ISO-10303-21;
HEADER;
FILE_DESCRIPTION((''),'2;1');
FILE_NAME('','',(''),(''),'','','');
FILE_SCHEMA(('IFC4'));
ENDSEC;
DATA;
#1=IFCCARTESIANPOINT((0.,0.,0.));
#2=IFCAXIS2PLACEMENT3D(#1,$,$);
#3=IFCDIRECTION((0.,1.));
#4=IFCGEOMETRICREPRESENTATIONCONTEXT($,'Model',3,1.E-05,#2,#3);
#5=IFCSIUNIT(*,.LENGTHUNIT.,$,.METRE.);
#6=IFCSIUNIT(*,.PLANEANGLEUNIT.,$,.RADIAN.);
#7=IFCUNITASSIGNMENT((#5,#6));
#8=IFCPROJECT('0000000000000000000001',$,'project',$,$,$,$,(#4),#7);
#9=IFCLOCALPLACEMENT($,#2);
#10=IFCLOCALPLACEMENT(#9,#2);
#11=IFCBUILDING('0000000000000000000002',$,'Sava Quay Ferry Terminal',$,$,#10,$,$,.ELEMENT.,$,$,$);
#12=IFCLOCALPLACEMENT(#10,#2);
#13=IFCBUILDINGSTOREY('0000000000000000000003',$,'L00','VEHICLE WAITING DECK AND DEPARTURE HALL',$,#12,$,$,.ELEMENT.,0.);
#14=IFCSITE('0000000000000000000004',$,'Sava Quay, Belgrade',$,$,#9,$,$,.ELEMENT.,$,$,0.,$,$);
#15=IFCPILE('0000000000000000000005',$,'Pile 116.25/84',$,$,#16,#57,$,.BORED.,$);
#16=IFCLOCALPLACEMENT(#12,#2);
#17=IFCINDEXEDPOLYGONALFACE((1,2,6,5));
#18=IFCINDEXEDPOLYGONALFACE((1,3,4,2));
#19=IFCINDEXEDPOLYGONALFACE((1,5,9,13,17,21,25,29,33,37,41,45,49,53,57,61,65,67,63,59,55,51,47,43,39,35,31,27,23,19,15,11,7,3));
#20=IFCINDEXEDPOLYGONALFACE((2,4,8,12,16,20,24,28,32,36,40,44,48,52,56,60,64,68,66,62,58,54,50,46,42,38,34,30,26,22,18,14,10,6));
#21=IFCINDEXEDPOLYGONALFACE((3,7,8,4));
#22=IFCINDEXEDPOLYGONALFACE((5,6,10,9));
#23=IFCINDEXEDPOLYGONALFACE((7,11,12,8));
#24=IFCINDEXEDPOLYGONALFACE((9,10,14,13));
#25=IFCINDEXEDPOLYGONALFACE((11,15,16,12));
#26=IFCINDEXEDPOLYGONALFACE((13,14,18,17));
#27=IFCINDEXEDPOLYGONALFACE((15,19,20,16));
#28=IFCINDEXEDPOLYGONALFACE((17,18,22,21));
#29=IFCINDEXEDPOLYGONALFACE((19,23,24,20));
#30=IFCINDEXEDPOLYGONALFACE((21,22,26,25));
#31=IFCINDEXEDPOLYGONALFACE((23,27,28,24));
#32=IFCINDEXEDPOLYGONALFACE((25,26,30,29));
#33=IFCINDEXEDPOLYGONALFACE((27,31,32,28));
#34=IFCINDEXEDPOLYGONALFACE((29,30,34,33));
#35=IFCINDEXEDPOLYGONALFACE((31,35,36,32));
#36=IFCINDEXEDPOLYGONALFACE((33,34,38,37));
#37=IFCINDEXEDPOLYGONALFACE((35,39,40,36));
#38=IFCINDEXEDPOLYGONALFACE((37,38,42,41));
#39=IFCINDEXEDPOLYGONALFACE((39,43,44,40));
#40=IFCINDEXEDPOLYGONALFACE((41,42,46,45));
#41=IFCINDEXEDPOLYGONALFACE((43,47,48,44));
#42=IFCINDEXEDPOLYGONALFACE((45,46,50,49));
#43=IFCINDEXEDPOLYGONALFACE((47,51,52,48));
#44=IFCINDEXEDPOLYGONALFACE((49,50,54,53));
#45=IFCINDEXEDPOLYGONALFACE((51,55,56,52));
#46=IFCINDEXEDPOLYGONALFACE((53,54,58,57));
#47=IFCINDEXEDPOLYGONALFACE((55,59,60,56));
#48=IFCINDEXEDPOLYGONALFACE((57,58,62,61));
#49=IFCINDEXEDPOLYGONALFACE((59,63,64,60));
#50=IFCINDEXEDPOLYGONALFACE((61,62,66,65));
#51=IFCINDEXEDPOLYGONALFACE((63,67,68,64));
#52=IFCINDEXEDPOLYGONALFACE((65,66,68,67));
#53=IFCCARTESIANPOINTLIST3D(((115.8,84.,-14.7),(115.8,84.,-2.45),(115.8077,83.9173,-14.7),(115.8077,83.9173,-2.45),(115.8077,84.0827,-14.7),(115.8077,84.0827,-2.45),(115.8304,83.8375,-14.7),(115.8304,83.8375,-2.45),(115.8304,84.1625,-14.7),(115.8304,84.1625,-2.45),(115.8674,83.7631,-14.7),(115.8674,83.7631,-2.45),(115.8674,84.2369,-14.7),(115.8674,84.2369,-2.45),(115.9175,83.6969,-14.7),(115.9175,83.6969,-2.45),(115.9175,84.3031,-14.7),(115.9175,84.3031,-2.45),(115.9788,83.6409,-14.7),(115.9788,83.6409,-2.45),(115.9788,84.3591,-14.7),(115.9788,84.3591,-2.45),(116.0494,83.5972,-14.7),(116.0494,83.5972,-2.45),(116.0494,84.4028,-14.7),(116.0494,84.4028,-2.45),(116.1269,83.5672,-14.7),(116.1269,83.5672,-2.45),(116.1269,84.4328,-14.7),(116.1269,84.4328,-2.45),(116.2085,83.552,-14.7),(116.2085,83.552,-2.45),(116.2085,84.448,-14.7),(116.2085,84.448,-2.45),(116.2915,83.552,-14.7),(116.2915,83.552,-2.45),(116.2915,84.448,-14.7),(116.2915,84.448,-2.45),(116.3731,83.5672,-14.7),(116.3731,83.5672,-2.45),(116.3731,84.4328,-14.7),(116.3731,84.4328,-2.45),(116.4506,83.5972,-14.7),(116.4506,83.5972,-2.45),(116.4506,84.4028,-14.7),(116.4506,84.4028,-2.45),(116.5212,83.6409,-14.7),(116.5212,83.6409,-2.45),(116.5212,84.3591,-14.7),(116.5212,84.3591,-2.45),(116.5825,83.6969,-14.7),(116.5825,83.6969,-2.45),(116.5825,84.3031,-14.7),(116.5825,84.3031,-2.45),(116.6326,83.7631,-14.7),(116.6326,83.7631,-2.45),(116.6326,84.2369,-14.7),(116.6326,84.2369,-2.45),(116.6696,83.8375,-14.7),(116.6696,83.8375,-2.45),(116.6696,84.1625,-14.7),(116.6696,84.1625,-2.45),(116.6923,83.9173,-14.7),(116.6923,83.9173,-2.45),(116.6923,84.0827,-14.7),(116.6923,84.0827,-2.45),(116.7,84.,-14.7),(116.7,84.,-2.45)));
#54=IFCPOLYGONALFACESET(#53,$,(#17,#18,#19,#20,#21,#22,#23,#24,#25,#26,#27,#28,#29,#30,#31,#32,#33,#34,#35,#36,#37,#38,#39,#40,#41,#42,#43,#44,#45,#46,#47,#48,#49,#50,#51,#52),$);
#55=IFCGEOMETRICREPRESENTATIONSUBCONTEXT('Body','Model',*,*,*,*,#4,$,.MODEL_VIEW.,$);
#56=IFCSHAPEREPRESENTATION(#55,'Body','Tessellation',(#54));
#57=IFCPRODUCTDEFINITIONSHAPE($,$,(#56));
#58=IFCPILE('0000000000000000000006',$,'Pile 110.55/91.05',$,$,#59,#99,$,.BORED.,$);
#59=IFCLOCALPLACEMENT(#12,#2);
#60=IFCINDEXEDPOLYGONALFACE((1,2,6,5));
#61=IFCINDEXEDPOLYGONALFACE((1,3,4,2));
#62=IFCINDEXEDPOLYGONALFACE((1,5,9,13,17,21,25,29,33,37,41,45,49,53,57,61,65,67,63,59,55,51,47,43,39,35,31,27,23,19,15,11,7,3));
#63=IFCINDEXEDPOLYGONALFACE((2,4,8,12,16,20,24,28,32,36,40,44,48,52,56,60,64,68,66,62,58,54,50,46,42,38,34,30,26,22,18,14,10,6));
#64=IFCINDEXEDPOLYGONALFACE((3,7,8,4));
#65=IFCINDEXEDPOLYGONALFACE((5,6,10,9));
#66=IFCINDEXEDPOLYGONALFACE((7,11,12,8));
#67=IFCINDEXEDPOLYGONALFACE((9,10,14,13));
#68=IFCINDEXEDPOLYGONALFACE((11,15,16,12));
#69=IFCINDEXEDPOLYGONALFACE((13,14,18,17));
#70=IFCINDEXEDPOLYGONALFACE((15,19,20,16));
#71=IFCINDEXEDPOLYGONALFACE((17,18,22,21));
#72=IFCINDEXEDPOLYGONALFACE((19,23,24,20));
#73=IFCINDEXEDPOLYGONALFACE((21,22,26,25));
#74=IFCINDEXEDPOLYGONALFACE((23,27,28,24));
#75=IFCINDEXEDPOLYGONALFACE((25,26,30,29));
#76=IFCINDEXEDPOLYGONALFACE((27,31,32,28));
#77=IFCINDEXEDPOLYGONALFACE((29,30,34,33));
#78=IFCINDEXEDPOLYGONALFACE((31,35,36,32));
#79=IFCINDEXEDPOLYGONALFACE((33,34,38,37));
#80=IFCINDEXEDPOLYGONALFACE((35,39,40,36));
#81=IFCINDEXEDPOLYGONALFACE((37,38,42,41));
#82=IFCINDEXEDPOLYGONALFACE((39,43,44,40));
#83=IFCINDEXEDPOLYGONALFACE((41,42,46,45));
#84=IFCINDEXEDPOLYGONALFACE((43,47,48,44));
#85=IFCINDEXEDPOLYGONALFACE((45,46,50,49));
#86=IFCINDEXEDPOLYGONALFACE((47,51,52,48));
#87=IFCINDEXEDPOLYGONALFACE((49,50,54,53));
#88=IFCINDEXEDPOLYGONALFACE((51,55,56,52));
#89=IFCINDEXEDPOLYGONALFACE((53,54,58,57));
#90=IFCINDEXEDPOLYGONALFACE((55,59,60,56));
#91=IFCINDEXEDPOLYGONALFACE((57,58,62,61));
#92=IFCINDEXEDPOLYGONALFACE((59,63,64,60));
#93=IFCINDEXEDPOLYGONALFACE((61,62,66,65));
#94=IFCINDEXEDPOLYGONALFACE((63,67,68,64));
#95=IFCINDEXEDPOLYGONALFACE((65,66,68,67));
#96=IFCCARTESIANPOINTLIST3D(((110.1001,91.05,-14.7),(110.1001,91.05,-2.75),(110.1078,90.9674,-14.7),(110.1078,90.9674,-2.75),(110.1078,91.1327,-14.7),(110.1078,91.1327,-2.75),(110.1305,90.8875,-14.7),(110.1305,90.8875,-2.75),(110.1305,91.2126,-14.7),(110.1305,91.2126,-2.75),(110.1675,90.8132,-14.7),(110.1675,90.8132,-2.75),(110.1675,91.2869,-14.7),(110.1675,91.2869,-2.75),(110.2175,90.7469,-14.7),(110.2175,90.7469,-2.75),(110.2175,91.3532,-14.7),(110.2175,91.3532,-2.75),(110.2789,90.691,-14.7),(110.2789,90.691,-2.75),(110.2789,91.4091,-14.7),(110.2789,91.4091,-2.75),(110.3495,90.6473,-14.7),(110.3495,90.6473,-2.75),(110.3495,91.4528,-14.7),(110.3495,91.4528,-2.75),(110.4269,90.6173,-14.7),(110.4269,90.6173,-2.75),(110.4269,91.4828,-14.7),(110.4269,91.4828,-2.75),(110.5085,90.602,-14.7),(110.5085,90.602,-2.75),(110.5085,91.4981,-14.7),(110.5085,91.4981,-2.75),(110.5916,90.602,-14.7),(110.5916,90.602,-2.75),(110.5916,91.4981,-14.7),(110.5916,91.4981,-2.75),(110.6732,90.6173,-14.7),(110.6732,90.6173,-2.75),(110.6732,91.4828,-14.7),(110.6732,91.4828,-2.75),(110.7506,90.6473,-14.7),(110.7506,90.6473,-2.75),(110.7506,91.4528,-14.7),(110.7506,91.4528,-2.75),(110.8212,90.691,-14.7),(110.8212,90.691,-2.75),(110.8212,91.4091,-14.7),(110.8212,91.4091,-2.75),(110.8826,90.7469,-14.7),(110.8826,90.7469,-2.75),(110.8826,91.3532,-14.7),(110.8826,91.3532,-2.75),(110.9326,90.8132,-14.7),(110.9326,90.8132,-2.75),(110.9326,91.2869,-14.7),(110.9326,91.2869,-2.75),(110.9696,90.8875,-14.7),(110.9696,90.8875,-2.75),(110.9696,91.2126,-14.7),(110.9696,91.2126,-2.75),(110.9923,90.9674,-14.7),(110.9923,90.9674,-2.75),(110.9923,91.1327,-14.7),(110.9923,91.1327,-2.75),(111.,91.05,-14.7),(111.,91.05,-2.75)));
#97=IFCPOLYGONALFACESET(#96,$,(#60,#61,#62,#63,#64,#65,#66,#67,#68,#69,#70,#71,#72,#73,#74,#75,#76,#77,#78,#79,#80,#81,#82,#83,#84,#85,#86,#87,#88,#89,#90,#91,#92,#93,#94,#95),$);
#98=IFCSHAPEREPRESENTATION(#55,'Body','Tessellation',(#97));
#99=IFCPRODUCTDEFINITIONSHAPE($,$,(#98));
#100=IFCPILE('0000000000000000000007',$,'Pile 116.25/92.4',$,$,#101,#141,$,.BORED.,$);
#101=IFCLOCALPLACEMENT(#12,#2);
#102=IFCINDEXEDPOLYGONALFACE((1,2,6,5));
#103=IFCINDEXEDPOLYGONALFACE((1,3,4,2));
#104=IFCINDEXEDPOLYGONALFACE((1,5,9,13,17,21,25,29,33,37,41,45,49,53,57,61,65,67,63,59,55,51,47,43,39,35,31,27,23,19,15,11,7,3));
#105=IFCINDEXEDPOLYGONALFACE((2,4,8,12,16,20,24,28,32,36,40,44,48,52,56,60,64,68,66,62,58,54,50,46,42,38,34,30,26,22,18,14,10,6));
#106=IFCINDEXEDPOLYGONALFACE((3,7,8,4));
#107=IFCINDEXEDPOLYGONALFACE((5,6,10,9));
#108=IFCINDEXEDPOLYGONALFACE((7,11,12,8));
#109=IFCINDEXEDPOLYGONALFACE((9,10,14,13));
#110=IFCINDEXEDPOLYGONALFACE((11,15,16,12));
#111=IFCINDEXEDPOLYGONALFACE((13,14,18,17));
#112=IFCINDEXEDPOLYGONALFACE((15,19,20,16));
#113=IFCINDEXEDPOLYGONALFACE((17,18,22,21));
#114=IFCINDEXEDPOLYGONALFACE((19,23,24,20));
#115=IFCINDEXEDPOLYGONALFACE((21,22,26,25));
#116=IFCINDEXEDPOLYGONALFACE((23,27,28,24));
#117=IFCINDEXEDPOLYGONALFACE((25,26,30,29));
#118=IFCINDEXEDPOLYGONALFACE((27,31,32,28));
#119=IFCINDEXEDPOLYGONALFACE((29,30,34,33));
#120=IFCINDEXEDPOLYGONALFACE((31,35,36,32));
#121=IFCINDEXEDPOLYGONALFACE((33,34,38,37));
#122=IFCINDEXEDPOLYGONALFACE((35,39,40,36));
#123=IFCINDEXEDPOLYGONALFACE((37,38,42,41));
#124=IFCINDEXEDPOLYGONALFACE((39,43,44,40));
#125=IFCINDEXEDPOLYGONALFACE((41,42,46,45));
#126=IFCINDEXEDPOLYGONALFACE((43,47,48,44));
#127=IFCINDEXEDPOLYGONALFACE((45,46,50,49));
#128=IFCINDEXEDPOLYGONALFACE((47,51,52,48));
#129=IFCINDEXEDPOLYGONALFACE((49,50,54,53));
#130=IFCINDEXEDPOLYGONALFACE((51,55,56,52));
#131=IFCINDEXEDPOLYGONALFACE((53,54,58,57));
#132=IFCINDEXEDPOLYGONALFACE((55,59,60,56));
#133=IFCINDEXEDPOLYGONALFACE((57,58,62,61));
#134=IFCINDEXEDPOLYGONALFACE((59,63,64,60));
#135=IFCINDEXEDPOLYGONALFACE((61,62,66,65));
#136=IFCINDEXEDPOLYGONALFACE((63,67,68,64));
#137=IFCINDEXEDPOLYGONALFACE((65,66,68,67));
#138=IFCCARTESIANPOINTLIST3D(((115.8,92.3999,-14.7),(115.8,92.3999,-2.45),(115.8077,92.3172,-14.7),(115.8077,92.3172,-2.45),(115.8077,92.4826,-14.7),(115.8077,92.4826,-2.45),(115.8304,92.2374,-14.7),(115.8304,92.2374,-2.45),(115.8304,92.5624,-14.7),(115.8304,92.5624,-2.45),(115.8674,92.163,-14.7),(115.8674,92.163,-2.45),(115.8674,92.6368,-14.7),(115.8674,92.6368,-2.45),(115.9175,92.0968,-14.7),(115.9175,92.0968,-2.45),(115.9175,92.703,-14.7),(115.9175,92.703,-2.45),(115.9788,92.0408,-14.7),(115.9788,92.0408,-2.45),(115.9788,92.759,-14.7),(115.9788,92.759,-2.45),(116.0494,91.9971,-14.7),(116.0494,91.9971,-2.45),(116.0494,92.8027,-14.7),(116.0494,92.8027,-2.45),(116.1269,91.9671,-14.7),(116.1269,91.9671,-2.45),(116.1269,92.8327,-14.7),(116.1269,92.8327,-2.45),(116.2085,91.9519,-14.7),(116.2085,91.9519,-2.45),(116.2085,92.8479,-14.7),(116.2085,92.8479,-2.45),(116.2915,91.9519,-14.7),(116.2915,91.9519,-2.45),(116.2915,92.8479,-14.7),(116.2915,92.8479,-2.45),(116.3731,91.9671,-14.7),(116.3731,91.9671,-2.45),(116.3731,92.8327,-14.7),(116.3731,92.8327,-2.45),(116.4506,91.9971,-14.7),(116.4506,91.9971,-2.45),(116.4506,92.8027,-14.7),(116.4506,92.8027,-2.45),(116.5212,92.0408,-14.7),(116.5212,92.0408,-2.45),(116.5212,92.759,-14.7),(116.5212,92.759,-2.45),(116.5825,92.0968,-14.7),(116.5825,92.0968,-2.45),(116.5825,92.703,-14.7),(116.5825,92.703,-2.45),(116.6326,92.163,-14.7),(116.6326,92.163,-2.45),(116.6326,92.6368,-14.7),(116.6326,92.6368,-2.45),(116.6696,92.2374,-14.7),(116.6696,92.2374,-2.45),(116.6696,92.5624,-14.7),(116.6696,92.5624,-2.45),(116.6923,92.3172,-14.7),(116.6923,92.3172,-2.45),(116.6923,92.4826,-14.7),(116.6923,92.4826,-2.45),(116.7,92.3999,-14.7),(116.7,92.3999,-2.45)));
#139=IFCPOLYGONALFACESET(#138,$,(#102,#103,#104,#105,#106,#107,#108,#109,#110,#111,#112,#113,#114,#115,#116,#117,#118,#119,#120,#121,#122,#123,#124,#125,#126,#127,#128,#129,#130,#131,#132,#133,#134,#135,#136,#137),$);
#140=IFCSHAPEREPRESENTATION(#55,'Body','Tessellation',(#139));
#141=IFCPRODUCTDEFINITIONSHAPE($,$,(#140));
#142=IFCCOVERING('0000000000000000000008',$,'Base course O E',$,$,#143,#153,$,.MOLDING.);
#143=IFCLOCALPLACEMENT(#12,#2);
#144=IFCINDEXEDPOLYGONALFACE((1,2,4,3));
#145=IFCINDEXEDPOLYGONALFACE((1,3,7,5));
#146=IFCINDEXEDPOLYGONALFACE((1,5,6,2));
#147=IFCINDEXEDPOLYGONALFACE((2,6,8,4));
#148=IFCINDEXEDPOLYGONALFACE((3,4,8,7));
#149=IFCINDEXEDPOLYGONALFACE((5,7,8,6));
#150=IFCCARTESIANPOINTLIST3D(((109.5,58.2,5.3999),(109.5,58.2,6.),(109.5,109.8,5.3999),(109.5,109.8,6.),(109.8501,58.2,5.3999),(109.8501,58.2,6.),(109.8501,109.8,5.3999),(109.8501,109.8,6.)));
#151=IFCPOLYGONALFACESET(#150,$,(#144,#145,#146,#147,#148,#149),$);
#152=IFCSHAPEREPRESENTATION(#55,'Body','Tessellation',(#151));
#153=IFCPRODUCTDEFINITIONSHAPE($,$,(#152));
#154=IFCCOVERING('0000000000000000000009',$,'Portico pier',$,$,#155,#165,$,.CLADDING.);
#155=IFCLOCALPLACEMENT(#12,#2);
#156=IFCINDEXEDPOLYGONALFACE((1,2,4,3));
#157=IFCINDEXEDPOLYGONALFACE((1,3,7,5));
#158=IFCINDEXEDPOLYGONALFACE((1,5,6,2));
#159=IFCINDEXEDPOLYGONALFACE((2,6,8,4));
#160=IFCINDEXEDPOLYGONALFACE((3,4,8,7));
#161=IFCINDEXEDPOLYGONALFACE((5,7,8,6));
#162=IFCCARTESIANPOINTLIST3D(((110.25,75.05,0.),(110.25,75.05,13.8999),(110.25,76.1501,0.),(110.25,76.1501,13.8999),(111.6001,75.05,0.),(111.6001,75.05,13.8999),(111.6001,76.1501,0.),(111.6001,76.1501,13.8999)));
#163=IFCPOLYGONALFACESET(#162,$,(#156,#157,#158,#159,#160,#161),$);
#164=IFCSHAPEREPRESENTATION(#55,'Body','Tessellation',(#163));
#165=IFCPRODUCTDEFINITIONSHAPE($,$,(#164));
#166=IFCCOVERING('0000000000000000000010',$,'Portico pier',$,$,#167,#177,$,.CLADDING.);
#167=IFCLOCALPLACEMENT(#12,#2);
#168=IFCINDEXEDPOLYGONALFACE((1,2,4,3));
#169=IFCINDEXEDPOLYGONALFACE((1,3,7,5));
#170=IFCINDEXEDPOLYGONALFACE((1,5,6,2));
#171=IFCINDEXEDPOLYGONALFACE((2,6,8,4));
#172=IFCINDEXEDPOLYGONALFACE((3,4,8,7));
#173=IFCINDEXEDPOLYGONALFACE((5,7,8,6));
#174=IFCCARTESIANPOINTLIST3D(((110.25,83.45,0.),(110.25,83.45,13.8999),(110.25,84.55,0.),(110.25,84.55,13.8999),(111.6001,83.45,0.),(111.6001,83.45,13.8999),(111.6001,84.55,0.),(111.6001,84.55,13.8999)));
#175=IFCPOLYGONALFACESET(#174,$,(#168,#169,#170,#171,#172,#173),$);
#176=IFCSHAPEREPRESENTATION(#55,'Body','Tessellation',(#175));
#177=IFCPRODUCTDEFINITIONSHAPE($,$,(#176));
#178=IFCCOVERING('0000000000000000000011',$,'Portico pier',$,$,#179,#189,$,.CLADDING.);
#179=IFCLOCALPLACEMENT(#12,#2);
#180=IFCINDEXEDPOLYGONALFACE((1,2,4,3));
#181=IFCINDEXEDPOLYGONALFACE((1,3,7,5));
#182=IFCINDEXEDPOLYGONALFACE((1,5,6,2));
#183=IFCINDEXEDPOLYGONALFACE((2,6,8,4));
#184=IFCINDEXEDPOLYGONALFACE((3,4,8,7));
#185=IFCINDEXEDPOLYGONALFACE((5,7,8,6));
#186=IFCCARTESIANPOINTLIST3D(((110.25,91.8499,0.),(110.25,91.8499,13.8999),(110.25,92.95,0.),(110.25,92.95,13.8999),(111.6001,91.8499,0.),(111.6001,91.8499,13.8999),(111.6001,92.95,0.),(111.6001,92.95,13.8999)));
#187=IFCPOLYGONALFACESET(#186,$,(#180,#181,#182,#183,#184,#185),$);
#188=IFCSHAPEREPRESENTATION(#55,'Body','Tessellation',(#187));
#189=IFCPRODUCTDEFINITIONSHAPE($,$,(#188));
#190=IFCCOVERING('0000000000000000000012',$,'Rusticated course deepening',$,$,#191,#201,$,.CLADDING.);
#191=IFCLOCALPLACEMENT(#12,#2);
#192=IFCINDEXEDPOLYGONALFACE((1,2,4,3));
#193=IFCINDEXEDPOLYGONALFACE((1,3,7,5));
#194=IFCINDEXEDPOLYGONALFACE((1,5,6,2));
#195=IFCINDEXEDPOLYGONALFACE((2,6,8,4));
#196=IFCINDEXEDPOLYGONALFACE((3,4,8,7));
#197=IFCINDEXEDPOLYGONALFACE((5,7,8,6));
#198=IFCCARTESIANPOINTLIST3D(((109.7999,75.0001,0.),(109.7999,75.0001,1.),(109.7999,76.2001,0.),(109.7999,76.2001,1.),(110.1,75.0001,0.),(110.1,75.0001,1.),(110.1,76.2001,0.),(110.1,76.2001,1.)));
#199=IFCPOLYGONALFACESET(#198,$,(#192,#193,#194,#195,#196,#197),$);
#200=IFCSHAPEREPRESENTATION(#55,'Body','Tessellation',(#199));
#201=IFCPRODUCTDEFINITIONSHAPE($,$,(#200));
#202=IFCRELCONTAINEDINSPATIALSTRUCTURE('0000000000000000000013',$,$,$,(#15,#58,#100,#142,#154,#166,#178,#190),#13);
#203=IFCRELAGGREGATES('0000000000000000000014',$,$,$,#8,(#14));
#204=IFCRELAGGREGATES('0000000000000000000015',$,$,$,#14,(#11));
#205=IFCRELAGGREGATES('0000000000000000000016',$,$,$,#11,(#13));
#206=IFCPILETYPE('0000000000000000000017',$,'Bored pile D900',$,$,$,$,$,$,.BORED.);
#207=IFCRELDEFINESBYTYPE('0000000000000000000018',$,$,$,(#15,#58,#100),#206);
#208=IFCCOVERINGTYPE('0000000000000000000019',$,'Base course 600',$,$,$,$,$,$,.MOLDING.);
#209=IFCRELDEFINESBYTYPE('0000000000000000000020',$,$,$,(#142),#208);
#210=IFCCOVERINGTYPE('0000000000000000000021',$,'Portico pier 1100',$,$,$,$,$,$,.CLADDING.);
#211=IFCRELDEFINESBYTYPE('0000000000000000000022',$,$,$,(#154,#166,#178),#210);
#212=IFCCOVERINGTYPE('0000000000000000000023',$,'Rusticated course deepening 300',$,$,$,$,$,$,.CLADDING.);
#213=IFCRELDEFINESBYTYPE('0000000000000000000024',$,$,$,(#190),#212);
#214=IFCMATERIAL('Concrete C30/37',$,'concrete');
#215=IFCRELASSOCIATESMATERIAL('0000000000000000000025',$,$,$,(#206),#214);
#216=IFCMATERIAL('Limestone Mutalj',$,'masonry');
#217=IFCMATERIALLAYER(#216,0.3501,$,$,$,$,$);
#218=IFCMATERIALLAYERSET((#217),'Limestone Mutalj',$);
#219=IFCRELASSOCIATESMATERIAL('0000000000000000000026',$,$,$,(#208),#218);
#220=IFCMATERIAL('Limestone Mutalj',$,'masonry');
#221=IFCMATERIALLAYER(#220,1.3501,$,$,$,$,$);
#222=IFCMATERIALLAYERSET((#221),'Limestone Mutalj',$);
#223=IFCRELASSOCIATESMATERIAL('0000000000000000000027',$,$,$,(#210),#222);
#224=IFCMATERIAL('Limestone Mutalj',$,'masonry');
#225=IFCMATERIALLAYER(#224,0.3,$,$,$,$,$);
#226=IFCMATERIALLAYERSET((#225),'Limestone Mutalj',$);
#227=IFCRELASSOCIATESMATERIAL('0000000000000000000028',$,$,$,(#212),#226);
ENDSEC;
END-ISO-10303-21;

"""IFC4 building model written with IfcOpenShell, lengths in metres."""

from ifc_helpers import new_model, si_unit, direction, frame, origin, origin_2d, place, context, subcontext, project, spatial, rectangle, circle, extrude, material, layer, layer_set, material_profile, profile_set, type_object, element, save


model = new_model("IFC4")

# Units and contexts
model_context = context("Model", 3, precision=1e-05, world=origin(), true_north=direction((0.0, 1.0)))
body_context = subcontext(model_context, "Body", "Model", "MODEL_VIEW")
ifc_project = project(units=[si_unit("LENGTHUNIT", "METRE"), si_unit("PLANEANGLEUNIT", "RADIAN")], contexts=[model_context])

# Site, building, storey
site_placement = place(None, origin())
site = spatial("IfcSite", under=ifc_project, at=site_placement, Name="Sava Quay, Belgrade", CompositionType="ELEMENT", RefElevation=0.0)
building_placement = place(site_placement, origin())
building = spatial("IfcBuilding", under=site, at=building_placement, Name="Sava Quay Ferry Terminal", CompositionType="ELEMENT")
storey_placement = place(building_placement, origin())
storey = spatial("IfcBuildingStorey", under=building, at=storey_placement, Name="L00", Description="VEHICLE WAITING DECK AND DEPARTURE HALL", CompositionType="ELEMENT", Elevation=0.0)

# Piles
ifc_material_1 = material(Name="Concrete C30/37", Category="concrete")
ifc_material_profile = material_profile(ifc_material_1, circle(Radius=0.45, at=origin_2d()), Name="Bored pile D900")
ifc_profile_set = profile_set([ifc_material_profile], Name="Concrete C30/37")
pile_type = type_object("IfcPileType", Name="Bored pile D900", PredefinedType="BORED", material=ifc_profile_set)
pile_1_placement = place(storey_placement, frame((116.25, 84.0, -2.45), z_axis=(0.0, 0.0, -1.0), x_axis=(1.0, 0.0, 0.0)))
element("IfcPile", 1, at=pile_1_placement, inside=storey, type_object=pile_type, Name="Pile 116.25/84", PredefinedType="BORED", context=body_context, shape_type="SweptSolid", body=[
    extrude(circle(Radius=0.45, at=origin_2d()), origin(), (0.0, 0.0, 1.0), 12.25),
])
pile_2_placement = place(storey_placement, frame((110.55, 91.05, -2.75), z_axis=(0.0, 0.0, -1.0), x_axis=(1.0, 0.0, 0.0)))
element("IfcPile", 2, at=pile_2_placement, inside=storey, type_object=pile_type, Name="Pile 110.55/91.05", PredefinedType="BORED", context=body_context, shape_type="SweptSolid", body=[
    extrude(circle(Radius=0.45, at=origin_2d()), origin(), (0.0, 0.0, 1.0), 11.95),
])
pile_3_placement = place(storey_placement, frame((116.25, 92.3999, -2.45), z_axis=(0.0, 0.0, -1.0), x_axis=(1.0, 0.0, 0.0)))
element("IfcPile", 3, at=pile_3_placement, inside=storey, type_object=pile_type, Name="Pile 116.25/92.4", PredefinedType="BORED", context=body_context, shape_type="SweptSolid", body=[
    extrude(circle(Radius=0.45, at=origin_2d()), origin(), (0.0, 0.0, 1.0), 12.25),
])

# Coverings
ifc_material_2 = material(Name="Limestone Mutalj", Category="masonry")
ifc_layer_1 = layer(ifc_material_2, 0.3501)
ifc_layer_set_1 = layer_set([ifc_layer_1], Name="Limestone Mutalj")
covering_type_1 = type_object("IfcCoveringType", Name="Base course 600", PredefinedType="MOLDING", material=ifc_layer_set_1)
covering_placement = place(storey_placement, frame((109.675, 84.0, 5.3999), z_axis=(0.0, 0.0, 1.0), x_axis=(1.0, 0.0, 0.0)))
element("IfcCovering", 4, at=covering_placement, inside=storey, type_object=covering_type_1, Name="Base course O E", PredefinedType="MOLDING", context=body_context, shape_type="SweptSolid", body=[
    extrude(rectangle(XDim=0.3501, YDim=51.6001, at=origin_2d()), origin(), (0.0, 0.0, 1.0), 0.6001),
])
ifc_material_3 = material(Name="Limestone Mutalj", Category="masonry")
ifc_layer_2 = layer(ifc_material_3, 1.3501)
ifc_layer_set_2 = layer_set([ifc_layer_2], Name="Limestone Mutalj")
covering_type_2 = type_object("IfcCoveringType", Name="Portico pier 1100", PredefinedType="CLADDING", material=ifc_layer_set_2)
for number, where, z_axis, x_axis, name in (
    (5, (110.925, 75.6001, 0.0), (0.0, 0.0, 1.0), (1.0, 0.0, 0.0), "Portico pier"),
    (6, (110.925, 84.0, 0.0), (0.0, 0.0, 1.0), (1.0, 0.0, 0.0), "Portico pier"),
    (7, (110.925, 92.3999, 0.0), (0.0, 0.0, 1.0), (1.0, 0.0, 0.0), "Portico pier"),
):
    element("IfcCovering", number, at=place(storey_placement, frame(where, z_axis=z_axis, x_axis=x_axis)), inside=storey, type_object=covering_type_2, Name=name, PredefinedType="CLADDING", context=body_context, shape_type="SweptSolid", body=[
        extrude(rectangle(XDim=1.3501, YDim=1.1001, at=origin_2d()), origin(), (0.0, 0.0, 1.0), 13.8999),
    ])
ifc_material_4 = material(Name="Limestone Mutalj", Category="masonry")
ifc_layer_3 = layer(ifc_material_4, 0.3)
ifc_layer_set_3 = layer_set([ifc_layer_3], Name="Limestone Mutalj")
covering_type_3 = type_object("IfcCoveringType", Name="Rusticated course deepening 300", PredefinedType="CLADDING", material=ifc_layer_set_3)
for number, where, z_axis, x_axis, name in (
    (8, (109.95, 75.6001, 0.0), (0.0, 0.0, 1.0), (1.0, 0.0, 0.0), "Rusticated course deepening"),
):
    element("IfcCovering", number, at=place(storey_placement, frame(where, z_axis=z_axis, x_axis=x_axis)), inside=storey, type_object=covering_type_3, Name=name, PredefinedType="CLADDING", context=body_context, shape_type="SweptSolid", body=[
        extrude(rectangle(XDim=0.3, YDim=1.2, at=origin_2d()), origin(), (0.0, 0.0, 1.0), 1.0),
    ])

save(model, "model.ifc")
